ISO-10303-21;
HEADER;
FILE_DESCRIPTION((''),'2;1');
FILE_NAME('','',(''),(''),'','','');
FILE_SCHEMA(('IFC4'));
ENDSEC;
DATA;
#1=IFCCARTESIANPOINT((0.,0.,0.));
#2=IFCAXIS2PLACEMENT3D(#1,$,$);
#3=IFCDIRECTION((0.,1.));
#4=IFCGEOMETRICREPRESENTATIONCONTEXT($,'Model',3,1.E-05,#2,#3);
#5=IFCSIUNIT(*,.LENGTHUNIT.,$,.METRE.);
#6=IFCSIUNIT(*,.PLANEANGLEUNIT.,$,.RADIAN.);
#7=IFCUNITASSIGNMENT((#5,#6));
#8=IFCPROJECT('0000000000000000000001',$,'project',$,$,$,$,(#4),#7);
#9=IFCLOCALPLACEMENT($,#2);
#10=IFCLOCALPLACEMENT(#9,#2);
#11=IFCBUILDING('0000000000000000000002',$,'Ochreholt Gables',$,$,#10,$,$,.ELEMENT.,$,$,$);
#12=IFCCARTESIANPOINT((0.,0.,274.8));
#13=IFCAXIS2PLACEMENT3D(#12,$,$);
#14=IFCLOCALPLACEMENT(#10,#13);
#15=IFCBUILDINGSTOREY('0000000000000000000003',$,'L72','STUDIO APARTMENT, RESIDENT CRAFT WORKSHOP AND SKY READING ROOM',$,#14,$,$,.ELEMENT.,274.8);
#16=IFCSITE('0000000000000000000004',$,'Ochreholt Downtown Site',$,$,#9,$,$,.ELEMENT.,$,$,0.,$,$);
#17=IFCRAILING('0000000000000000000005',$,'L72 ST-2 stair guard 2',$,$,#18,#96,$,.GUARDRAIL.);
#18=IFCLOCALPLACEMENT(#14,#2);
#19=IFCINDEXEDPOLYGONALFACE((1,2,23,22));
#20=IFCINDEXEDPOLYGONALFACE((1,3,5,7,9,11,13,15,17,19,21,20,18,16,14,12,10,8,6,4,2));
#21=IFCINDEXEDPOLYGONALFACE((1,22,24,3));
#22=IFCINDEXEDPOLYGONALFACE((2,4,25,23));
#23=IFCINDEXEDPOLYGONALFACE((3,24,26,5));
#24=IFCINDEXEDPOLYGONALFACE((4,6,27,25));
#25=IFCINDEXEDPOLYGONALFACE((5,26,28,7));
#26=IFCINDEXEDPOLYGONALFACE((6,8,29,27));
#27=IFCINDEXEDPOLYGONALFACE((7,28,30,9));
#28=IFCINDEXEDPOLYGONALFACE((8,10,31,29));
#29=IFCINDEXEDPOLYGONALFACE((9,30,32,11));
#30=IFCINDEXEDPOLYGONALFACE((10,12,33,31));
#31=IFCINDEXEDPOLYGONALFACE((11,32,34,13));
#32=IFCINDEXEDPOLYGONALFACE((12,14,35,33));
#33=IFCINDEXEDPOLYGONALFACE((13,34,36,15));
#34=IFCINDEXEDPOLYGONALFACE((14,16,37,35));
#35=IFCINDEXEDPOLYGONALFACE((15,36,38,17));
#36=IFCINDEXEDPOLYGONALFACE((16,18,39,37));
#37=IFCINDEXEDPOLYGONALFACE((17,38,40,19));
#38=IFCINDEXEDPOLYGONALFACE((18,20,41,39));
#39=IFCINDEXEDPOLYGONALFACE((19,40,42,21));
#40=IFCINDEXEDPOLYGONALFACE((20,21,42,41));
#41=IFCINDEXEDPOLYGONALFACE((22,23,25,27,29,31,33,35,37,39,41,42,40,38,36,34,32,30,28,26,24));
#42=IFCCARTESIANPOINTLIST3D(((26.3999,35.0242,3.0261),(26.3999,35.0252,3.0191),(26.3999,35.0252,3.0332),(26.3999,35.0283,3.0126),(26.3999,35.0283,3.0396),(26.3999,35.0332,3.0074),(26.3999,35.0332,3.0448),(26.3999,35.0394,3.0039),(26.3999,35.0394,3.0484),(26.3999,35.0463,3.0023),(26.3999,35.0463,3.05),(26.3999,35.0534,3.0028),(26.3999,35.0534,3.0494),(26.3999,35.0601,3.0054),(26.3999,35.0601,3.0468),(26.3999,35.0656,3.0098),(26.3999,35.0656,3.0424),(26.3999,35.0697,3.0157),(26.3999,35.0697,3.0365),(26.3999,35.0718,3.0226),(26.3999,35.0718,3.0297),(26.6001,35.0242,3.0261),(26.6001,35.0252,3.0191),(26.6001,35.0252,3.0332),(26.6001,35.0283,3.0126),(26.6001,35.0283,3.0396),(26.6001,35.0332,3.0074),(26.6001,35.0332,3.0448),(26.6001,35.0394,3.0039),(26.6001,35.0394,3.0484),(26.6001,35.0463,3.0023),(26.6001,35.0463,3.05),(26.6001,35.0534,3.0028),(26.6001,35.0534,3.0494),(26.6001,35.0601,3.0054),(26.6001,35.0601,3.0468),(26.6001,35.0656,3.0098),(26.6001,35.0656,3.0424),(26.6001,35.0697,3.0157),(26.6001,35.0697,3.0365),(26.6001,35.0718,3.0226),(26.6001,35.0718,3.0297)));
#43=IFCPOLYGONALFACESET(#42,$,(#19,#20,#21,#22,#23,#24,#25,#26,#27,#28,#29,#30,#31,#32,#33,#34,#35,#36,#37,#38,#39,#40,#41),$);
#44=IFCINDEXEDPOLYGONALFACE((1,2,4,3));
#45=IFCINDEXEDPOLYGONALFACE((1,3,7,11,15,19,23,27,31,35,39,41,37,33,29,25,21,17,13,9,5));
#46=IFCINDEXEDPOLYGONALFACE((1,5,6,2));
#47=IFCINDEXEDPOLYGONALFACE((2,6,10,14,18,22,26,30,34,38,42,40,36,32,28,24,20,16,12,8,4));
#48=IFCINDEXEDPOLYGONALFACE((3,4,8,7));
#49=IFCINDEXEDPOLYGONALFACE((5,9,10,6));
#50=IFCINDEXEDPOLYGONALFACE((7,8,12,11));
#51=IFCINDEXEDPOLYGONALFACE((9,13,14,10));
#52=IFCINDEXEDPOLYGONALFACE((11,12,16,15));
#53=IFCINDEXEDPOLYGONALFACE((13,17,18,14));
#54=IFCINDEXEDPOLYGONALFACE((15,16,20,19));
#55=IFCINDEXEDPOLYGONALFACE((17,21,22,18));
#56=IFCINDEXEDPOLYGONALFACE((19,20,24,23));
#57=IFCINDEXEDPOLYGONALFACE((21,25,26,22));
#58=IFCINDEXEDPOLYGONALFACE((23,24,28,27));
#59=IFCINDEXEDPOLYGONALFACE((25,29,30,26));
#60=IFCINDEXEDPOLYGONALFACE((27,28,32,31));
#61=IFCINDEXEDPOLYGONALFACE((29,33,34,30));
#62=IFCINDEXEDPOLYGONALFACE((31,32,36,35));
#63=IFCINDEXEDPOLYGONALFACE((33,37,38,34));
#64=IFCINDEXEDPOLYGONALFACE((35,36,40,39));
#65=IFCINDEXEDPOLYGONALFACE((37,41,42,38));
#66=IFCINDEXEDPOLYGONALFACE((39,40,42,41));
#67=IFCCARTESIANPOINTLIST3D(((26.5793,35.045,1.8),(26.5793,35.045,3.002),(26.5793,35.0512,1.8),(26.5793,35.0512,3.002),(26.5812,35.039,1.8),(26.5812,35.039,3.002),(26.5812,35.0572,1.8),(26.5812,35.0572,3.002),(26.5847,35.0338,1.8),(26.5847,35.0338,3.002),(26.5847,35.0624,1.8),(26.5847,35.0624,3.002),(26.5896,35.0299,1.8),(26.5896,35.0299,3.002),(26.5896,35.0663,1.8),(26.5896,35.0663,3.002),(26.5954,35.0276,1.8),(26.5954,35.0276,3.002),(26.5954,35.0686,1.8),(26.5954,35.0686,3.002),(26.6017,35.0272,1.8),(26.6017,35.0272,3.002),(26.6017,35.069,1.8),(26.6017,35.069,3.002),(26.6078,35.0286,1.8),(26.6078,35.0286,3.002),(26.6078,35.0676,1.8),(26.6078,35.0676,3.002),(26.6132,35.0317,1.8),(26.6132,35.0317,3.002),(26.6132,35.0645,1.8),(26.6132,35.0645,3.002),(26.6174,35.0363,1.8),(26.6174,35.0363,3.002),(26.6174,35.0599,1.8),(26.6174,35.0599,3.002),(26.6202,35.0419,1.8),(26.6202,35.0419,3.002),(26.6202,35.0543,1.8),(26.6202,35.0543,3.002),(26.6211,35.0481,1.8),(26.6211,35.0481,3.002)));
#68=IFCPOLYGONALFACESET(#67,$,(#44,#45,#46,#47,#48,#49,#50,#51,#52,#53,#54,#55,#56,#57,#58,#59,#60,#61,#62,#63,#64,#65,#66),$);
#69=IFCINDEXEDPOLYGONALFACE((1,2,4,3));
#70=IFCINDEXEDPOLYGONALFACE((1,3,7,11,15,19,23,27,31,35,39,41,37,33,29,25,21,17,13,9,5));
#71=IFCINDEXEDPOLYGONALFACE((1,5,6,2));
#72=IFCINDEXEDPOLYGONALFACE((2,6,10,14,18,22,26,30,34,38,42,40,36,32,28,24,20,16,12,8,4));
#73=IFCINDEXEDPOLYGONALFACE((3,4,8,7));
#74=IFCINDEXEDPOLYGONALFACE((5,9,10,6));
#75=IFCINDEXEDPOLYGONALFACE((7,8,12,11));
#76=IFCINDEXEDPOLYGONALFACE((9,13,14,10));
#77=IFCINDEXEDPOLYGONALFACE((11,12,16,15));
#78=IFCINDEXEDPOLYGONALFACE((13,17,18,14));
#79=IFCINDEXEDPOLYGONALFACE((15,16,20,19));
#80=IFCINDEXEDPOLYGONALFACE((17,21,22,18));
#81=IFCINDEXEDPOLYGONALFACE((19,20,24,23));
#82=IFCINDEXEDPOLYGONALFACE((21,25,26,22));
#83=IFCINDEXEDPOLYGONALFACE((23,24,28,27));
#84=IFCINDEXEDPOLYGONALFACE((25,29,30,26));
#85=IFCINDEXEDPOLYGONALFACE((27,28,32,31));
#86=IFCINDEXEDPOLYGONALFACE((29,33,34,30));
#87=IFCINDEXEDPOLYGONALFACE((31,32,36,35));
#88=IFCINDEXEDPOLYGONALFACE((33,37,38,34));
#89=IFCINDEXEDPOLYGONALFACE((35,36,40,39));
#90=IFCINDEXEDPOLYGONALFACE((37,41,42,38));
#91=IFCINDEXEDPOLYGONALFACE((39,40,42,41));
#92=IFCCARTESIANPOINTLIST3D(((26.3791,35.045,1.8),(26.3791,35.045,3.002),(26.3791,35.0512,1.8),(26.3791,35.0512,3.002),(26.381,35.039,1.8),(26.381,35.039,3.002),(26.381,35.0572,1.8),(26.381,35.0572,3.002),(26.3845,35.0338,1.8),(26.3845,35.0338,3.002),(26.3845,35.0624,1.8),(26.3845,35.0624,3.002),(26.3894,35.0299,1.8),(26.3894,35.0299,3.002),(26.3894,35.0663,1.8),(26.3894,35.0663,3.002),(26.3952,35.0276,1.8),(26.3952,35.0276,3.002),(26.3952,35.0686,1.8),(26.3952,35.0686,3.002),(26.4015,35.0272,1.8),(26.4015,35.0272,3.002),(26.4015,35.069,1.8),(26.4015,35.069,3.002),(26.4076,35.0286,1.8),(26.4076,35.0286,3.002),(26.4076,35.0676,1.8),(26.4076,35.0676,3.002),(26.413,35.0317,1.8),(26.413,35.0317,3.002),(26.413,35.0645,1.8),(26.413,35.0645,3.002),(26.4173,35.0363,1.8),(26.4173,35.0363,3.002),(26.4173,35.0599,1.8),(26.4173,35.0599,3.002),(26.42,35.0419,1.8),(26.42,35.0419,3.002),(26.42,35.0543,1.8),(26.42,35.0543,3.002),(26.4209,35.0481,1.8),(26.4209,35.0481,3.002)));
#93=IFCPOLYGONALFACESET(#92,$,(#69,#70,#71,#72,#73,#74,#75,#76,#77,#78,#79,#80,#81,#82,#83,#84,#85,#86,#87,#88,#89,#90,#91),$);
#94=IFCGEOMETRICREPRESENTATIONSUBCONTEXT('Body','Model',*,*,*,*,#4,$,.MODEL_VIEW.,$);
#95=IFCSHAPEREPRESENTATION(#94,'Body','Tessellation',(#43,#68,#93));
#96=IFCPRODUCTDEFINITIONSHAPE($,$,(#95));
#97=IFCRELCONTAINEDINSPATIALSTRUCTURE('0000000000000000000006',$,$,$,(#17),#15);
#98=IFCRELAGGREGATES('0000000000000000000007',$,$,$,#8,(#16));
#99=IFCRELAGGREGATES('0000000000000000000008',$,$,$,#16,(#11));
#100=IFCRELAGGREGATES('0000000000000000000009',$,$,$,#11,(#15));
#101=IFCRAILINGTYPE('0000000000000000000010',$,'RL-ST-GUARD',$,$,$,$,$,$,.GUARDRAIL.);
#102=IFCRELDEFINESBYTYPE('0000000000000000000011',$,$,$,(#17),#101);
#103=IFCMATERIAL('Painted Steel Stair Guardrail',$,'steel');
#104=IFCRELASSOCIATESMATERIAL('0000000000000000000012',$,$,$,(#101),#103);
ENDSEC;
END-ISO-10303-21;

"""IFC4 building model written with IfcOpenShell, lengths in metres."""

from ifc_helpers import new_model, si_unit, direction, frame, origin, origin_2d, place, context, subcontext, project, spatial, circle, extrude, material, type_object, element, save


model = new_model("IFC4")

# Units and contexts
model_context = context("Model", 3, precision=1e-05, world=origin(), true_north=direction((0.0, 1.0)))
body_context = subcontext(model_context, "Body", "Model", "MODEL_VIEW")
ifc_project = project(units=[si_unit("LENGTHUNIT", "METRE"), si_unit("PLANEANGLEUNIT", "RADIAN")], contexts=[model_context])

# Site, building, storey
site_placement = place(None, origin())
site = spatial("IfcSite", under=ifc_project, at=site_placement, Name="Ochreholt Downtown Site", CompositionType="ELEMENT", RefElevation=0.0)
building_placement = place(site_placement, origin())
building = spatial("IfcBuilding", under=site, at=building_placement, Name="Ochreholt Gables", CompositionType="ELEMENT")
storey_placement = place(building_placement, frame((0.0, 0.0, 274.8)))
storey = spatial("IfcBuildingStorey", under=building, at=storey_placement, Name="L72", Description="STUDIO APARTMENT, RESIDENT CRAFT WORKSHOP AND SKY READING ROOM", CompositionType="ELEMENT", Elevation=274.8)

# Railing
ifc_material_1 = material(Name="Painted Steel Stair Guardrail", Category="steel")
railing_type_1 = type_object("IfcRailingType", Name="RL-ST-GUARD", PredefinedType="GUARDRAIL", material=ifc_material_1)
railing_1_placement = place(storey_placement, frame((26.6001, 35.0481, 1.8)))
element("IfcRailing", 1, at=railing_1_placement, inside=storey, type_object=railing_type_1, Name="L72 ST-2 stair guard 2", PredefinedType="GUARDRAIL", context=body_context, shape_type="SweptSolid", body=[
    extrude(circle(Radius=0.0239, at=origin_2d()), frame((0.0, 0.0, 1.2261), z_axis=(-1.0, 0.0, 0.0), x_axis=(0.0, -1.0, 0.0)), (0.0, 0.0, 1.0), 0.2002),
    extrude(circle(Radius=0.021, at=origin_2d()), origin(), (0.0, 0.0, 1.0), 1.2019),
    extrude(circle(Radius=0.021, at=origin_2d()), frame((-0.2002, 0.0, 0.0)), (0.0, 0.0, 1.0), 1.2019),
])

save(model, "model.ifc")
